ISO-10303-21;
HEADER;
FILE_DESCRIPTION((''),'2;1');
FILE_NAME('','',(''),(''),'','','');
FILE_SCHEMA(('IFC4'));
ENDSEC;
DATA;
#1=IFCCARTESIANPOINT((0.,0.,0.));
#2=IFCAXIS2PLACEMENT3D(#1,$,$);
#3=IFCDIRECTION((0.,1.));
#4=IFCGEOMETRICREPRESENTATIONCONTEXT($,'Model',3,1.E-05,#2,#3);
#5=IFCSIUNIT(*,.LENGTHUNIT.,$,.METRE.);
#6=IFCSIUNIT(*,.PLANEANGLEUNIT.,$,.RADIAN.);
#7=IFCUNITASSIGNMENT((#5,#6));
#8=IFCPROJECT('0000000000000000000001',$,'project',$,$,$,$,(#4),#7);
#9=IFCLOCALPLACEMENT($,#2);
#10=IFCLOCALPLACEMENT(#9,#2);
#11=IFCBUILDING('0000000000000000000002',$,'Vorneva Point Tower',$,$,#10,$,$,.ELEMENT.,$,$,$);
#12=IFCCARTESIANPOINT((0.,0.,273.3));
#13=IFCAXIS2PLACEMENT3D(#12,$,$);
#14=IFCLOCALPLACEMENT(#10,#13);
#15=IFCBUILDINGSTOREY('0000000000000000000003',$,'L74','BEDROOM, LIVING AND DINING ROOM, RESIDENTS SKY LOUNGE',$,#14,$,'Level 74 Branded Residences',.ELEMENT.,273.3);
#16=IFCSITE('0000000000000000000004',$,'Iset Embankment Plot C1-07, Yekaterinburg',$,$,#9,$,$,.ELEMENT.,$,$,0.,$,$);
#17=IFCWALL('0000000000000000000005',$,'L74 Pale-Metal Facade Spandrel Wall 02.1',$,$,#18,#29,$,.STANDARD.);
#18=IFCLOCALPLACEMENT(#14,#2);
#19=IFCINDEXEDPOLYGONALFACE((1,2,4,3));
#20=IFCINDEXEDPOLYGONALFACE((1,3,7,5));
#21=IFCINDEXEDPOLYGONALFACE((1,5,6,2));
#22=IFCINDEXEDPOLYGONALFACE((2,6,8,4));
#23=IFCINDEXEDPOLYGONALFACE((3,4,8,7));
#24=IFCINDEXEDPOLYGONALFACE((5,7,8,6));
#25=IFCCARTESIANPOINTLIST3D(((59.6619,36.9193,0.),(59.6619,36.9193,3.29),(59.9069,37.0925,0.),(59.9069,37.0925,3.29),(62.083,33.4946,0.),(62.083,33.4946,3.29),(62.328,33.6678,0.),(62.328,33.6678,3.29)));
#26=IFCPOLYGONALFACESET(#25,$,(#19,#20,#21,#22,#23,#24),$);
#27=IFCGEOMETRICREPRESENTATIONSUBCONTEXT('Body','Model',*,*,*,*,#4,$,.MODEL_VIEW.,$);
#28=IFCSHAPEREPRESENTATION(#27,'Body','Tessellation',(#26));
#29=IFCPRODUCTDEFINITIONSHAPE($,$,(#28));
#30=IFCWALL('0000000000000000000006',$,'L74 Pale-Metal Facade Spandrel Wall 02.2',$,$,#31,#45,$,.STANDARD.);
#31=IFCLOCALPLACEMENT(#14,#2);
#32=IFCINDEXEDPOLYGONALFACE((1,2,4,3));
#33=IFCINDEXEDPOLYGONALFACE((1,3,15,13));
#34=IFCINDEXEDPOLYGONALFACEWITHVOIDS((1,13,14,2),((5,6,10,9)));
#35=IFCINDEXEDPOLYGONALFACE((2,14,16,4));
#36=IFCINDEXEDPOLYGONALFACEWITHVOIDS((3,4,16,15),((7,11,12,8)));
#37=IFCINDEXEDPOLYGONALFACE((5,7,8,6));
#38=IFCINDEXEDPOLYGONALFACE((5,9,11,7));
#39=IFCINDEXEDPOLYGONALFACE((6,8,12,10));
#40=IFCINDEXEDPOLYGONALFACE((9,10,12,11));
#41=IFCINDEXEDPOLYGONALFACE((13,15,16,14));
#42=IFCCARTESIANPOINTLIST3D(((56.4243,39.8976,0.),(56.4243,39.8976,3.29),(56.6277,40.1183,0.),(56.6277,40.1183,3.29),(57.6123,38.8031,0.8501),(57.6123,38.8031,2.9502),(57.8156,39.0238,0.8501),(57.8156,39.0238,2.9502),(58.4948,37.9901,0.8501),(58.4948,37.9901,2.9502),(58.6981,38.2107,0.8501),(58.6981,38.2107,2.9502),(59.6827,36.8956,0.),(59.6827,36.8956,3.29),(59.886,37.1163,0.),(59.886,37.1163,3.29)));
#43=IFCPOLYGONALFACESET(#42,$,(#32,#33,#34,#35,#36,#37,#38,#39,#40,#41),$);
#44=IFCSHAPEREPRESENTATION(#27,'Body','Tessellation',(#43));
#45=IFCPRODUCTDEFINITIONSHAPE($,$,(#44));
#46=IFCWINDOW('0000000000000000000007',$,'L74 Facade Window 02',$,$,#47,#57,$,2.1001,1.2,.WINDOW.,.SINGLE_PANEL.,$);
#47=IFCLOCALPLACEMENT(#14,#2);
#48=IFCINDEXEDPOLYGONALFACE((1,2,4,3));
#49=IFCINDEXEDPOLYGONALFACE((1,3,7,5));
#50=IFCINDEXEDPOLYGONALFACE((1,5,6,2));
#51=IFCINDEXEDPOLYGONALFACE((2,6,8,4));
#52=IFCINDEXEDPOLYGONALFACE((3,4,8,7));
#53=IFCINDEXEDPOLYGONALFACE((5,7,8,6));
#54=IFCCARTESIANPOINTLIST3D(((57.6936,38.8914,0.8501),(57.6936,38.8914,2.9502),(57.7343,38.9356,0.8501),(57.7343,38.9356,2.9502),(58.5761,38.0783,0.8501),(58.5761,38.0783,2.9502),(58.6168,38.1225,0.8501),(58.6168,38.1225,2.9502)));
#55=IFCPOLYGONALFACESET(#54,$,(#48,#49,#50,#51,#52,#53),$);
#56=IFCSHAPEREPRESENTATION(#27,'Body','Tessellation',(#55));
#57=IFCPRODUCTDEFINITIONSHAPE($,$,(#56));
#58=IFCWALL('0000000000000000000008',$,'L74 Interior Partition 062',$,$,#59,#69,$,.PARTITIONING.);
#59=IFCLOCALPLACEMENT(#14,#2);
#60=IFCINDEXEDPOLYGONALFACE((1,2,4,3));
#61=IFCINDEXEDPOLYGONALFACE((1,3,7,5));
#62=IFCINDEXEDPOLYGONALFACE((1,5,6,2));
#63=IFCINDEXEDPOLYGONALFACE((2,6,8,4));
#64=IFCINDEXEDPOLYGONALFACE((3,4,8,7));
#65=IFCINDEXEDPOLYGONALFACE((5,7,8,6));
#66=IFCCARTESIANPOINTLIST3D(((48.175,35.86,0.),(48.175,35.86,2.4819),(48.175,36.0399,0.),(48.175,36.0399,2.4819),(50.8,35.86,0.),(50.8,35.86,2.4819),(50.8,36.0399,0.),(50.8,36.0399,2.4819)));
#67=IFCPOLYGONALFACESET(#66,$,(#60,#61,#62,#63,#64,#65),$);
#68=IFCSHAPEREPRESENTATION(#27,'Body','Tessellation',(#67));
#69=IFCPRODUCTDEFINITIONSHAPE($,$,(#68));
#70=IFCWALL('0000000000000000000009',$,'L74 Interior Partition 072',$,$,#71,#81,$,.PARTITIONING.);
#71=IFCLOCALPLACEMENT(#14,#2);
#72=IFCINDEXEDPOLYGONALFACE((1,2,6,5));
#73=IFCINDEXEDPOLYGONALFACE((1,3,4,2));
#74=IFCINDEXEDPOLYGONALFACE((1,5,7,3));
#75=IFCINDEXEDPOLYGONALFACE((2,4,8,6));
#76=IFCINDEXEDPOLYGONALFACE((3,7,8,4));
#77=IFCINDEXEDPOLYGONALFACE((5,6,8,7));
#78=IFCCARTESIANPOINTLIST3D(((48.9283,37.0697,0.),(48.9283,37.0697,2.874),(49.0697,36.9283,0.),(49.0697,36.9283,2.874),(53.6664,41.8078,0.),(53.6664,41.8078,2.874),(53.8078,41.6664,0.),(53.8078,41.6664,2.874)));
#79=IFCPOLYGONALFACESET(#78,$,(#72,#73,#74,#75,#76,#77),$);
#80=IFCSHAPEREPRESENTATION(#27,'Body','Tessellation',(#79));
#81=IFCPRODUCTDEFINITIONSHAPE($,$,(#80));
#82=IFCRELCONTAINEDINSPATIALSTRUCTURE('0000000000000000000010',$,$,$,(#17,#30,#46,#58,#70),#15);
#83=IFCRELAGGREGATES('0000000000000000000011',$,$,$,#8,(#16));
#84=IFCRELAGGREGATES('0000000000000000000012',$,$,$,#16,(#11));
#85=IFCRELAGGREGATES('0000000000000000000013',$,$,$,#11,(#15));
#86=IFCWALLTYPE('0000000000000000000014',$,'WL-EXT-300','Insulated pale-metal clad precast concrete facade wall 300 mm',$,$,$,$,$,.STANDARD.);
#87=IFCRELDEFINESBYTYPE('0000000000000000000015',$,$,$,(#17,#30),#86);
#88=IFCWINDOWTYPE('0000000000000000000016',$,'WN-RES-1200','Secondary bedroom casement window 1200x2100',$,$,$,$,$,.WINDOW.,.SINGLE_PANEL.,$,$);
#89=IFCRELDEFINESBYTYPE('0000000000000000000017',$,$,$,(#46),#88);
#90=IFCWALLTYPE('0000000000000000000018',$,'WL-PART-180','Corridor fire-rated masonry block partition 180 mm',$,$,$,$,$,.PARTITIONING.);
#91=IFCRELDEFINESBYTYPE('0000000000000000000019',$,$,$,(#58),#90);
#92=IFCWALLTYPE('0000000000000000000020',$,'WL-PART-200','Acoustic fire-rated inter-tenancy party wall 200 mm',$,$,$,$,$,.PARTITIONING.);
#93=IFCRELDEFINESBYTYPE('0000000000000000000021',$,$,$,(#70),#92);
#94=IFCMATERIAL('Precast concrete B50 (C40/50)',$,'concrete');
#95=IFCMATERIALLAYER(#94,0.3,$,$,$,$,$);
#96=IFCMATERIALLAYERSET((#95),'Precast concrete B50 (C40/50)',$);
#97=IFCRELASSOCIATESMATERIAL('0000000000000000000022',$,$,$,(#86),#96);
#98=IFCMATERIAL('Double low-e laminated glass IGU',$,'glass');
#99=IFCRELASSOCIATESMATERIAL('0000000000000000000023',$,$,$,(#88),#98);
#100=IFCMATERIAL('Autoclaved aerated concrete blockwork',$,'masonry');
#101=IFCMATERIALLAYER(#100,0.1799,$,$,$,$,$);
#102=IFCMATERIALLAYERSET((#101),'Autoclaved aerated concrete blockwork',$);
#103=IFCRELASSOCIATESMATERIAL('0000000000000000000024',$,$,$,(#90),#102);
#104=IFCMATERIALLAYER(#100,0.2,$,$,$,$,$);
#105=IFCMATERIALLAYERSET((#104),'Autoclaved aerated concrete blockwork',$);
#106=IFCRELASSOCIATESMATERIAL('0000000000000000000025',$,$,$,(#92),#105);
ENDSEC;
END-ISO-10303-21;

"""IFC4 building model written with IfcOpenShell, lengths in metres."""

from ifc_helpers import new_model, si_unit, direction, frame, frame_2d, origin, place, context, subcontext, project, spatial, rectangle, extrude, material, layer, layer_set, type_object, element, fill, save


model = new_model("IFC4")

# Units and contexts
model_context = context("Model", 3, precision=1e-05, world=origin(), true_north=direction((0.0, 1.0)))
body_context = subcontext(model_context, "Body", "Model", "MODEL_VIEW")
ifc_project = project(units=[si_unit("LENGTHUNIT", "METRE"), si_unit("PLANEANGLEUNIT", "RADIAN")], contexts=[model_context])

# Site, building, storey
site_placement = place(None, origin())
site = spatial("IfcSite", under=ifc_project, at=site_placement, Name="Iset Embankment Plot C1-07, Yekaterinburg", CompositionType="ELEMENT", RefElevation=0.0)
building_placement = place(site_placement, origin())
building = spatial("IfcBuilding", under=site, at=building_placement, Name="Vorneva Point Tower", CompositionType="ELEMENT")
storey_placement = place(building_placement, frame((0.0, 0.0, 273.3)))
storey = spatial("IfcBuildingStorey", under=building, at=storey_placement, Name="L74", Description="BEDROOM, LIVING AND DINING ROOM, RESIDENTS SKY LOUNGE", LongName="Level 74 Branded Residences", CompositionType="ELEMENT", Elevation=273.3)

# Shared definitions
ifc_material_1 = material(Name="Double low-e laminated glass IGU", Category="glass")

# Wall
ifc_material_2 = material(Name="Precast concrete B50 (C40/50)", Category="concrete")
ifc_layer_1 = layer(ifc_material_2, 0.3)
ifc_layer_set_1 = layer_set([ifc_layer_1], Name="Precast concrete B50 (C40/50)")
wall_type_1 = type_object("IfcWallType", Name="WL-EXT-300", Description="Insulated pale-metal clad precast concrete facade wall 300 mm", PredefinedType="STANDARD", material=ifc_layer_set_1)
wall_1_placement = place(storey_placement, frame((62.2056, 33.5811, 0.0), z_axis=(0.0, 0.0, 1.0), x_axis=(-0.577261, 0.81656, 0.0)))
element("IfcWall", 1, at=wall_1_placement, inside=storey, type_object=wall_type_1, Name="L74 Pale-Metal Facade Spandrel Wall 02.1", PredefinedType="STANDARD", context=body_context, shape_type="SweptSolid", body=[
    extrude(rectangle(XDim=4.1941, YDim=0.3, at=frame_2d((2.0972, 0.0))), origin(), (0.0, 0.0, 1.0), 3.29),
])

# Wall, opening, window
wall_2_placement = place(storey_placement, frame((59.7844, 37.0059, 0.0), z_axis=(0.0, 0.0, 1.0), x_axis=(-0.735445, 0.677584, 0.0)))
wall_2 = element("IfcWall", 2, at=wall_2_placement, inside=storey, type_object=wall_type_1, Name="L74 Pale-Metal Facade Spandrel Wall 02.2", PredefinedType="STANDARD", context=body_context, shape_type="SweptSolid", body=[
    extrude(rectangle(XDim=4.4304, YDim=0.3, at=frame_2d((2.2153, 0.0))), origin(), (0.0, 0.0, 1.0), 3.29),
])
opening_placement = place(wall_2_placement, frame((1.6152, 0.0, 0.8501)))
opening = element("IfcOpeningElement", 3, at=opening_placement, cuts=wall_2, PredefinedType="OPENING", context=body_context, shape_type="SweptSolid", body=[
    extrude(rectangle(XDim=1.2, YDim=2.1001, at=frame_2d((0.6001, 1.05))), frame((0.0, 0.165, 0.0), z_axis=(0.0, -1.0, 0.0), x_axis=(1.0, 0.0, 0.0)), (0.0, 0.0, 1.0), 0.3298),
])
window_type = type_object("IfcWindowType", Name="WN-RES-1200", Description="Secondary bedroom casement window 1200x2100", PartitioningType="SINGLE_PANEL", PredefinedType="WINDOW", material=ifc_material_1)
window_placement = place(opening_placement, origin())
window = element("IfcWindow", 4, at=window_placement, inside=storey, type_object=window_type, Name="L74 Facade Window 02", OverallHeight=2.1001, OverallWidth=1.2, PartitioningType="SINGLE_PANEL", PredefinedType="WINDOW", context=body_context, shape_type="SweptSolid", body=[
    extrude(rectangle(XDim=1.2, YDim=2.1001, at=frame_2d((0.6001, 1.05))), frame((0.0, 0.03, 0.0), z_axis=(0.0, -1.0, 0.0), x_axis=(1.0, 0.0, 0.0)), (0.0, 0.0, 1.0), 0.0601),
])
fill(opening, window)

# Walls
ifc_material_3 = material(Name="Autoclaved aerated concrete blockwork", Category="masonry")
ifc_layer_2 = layer(ifc_material_3, 0.1799)
ifc_layer_set_2 = layer_set([ifc_layer_2], Name="Autoclaved aerated concrete blockwork")
wall_type_2 = type_object("IfcWallType", Name="WL-PART-180", Description="Corridor fire-rated masonry block partition 180 mm", PredefinedType="PARTITIONING", material=ifc_layer_set_2)
wall_3_placement = place(storey_placement, frame((50.8, 35.95, 0.0), z_axis=(0.0, 0.0, 1.0), x_axis=(-1.0, 0.0, 0.0)))
element("IfcWall", 5, at=wall_3_placement, inside=storey, type_object=wall_type_2, Name="L74 Interior Partition 062", PredefinedType="PARTITIONING", context=body_context, shape_type="SweptSolid", body=[
    extrude(rectangle(XDim=2.625, YDim=0.1799, at=frame_2d((1.3125, 0.0))), origin(), (0.0, 0.0, 1.0), 2.4819),
])
ifc_layer_3 = layer(ifc_material_3, 0.2)
ifc_layer_set_3 = layer_set([ifc_layer_3], Name="Autoclaved aerated concrete blockwork")
wall_type_3 = type_object("IfcWallType", Name="WL-PART-200", Description="Acoustic fire-rated inter-tenancy party wall 200 mm", PredefinedType="PARTITIONING", material=ifc_layer_set_3)
wall_4_placement = place(storey_placement, frame((48.999, 36.999, 0.0), z_axis=(0.0, 0.0, 1.0), x_axis=(0.707107, 0.707107, 0.0)))
element("IfcWall", 6, at=wall_4_placement, inside=storey, type_object=wall_type_3, Name="L74 Interior Partition 072", PredefinedType="PARTITIONING", context=body_context, shape_type="SweptSolid", body=[
    extrude(rectangle(XDim=6.7007, YDim=0.2, at=frame_2d((3.3503, 0.0))), origin(), (0.0, 0.0, 1.0), 2.874),
])

save(model, "model.ifc")
